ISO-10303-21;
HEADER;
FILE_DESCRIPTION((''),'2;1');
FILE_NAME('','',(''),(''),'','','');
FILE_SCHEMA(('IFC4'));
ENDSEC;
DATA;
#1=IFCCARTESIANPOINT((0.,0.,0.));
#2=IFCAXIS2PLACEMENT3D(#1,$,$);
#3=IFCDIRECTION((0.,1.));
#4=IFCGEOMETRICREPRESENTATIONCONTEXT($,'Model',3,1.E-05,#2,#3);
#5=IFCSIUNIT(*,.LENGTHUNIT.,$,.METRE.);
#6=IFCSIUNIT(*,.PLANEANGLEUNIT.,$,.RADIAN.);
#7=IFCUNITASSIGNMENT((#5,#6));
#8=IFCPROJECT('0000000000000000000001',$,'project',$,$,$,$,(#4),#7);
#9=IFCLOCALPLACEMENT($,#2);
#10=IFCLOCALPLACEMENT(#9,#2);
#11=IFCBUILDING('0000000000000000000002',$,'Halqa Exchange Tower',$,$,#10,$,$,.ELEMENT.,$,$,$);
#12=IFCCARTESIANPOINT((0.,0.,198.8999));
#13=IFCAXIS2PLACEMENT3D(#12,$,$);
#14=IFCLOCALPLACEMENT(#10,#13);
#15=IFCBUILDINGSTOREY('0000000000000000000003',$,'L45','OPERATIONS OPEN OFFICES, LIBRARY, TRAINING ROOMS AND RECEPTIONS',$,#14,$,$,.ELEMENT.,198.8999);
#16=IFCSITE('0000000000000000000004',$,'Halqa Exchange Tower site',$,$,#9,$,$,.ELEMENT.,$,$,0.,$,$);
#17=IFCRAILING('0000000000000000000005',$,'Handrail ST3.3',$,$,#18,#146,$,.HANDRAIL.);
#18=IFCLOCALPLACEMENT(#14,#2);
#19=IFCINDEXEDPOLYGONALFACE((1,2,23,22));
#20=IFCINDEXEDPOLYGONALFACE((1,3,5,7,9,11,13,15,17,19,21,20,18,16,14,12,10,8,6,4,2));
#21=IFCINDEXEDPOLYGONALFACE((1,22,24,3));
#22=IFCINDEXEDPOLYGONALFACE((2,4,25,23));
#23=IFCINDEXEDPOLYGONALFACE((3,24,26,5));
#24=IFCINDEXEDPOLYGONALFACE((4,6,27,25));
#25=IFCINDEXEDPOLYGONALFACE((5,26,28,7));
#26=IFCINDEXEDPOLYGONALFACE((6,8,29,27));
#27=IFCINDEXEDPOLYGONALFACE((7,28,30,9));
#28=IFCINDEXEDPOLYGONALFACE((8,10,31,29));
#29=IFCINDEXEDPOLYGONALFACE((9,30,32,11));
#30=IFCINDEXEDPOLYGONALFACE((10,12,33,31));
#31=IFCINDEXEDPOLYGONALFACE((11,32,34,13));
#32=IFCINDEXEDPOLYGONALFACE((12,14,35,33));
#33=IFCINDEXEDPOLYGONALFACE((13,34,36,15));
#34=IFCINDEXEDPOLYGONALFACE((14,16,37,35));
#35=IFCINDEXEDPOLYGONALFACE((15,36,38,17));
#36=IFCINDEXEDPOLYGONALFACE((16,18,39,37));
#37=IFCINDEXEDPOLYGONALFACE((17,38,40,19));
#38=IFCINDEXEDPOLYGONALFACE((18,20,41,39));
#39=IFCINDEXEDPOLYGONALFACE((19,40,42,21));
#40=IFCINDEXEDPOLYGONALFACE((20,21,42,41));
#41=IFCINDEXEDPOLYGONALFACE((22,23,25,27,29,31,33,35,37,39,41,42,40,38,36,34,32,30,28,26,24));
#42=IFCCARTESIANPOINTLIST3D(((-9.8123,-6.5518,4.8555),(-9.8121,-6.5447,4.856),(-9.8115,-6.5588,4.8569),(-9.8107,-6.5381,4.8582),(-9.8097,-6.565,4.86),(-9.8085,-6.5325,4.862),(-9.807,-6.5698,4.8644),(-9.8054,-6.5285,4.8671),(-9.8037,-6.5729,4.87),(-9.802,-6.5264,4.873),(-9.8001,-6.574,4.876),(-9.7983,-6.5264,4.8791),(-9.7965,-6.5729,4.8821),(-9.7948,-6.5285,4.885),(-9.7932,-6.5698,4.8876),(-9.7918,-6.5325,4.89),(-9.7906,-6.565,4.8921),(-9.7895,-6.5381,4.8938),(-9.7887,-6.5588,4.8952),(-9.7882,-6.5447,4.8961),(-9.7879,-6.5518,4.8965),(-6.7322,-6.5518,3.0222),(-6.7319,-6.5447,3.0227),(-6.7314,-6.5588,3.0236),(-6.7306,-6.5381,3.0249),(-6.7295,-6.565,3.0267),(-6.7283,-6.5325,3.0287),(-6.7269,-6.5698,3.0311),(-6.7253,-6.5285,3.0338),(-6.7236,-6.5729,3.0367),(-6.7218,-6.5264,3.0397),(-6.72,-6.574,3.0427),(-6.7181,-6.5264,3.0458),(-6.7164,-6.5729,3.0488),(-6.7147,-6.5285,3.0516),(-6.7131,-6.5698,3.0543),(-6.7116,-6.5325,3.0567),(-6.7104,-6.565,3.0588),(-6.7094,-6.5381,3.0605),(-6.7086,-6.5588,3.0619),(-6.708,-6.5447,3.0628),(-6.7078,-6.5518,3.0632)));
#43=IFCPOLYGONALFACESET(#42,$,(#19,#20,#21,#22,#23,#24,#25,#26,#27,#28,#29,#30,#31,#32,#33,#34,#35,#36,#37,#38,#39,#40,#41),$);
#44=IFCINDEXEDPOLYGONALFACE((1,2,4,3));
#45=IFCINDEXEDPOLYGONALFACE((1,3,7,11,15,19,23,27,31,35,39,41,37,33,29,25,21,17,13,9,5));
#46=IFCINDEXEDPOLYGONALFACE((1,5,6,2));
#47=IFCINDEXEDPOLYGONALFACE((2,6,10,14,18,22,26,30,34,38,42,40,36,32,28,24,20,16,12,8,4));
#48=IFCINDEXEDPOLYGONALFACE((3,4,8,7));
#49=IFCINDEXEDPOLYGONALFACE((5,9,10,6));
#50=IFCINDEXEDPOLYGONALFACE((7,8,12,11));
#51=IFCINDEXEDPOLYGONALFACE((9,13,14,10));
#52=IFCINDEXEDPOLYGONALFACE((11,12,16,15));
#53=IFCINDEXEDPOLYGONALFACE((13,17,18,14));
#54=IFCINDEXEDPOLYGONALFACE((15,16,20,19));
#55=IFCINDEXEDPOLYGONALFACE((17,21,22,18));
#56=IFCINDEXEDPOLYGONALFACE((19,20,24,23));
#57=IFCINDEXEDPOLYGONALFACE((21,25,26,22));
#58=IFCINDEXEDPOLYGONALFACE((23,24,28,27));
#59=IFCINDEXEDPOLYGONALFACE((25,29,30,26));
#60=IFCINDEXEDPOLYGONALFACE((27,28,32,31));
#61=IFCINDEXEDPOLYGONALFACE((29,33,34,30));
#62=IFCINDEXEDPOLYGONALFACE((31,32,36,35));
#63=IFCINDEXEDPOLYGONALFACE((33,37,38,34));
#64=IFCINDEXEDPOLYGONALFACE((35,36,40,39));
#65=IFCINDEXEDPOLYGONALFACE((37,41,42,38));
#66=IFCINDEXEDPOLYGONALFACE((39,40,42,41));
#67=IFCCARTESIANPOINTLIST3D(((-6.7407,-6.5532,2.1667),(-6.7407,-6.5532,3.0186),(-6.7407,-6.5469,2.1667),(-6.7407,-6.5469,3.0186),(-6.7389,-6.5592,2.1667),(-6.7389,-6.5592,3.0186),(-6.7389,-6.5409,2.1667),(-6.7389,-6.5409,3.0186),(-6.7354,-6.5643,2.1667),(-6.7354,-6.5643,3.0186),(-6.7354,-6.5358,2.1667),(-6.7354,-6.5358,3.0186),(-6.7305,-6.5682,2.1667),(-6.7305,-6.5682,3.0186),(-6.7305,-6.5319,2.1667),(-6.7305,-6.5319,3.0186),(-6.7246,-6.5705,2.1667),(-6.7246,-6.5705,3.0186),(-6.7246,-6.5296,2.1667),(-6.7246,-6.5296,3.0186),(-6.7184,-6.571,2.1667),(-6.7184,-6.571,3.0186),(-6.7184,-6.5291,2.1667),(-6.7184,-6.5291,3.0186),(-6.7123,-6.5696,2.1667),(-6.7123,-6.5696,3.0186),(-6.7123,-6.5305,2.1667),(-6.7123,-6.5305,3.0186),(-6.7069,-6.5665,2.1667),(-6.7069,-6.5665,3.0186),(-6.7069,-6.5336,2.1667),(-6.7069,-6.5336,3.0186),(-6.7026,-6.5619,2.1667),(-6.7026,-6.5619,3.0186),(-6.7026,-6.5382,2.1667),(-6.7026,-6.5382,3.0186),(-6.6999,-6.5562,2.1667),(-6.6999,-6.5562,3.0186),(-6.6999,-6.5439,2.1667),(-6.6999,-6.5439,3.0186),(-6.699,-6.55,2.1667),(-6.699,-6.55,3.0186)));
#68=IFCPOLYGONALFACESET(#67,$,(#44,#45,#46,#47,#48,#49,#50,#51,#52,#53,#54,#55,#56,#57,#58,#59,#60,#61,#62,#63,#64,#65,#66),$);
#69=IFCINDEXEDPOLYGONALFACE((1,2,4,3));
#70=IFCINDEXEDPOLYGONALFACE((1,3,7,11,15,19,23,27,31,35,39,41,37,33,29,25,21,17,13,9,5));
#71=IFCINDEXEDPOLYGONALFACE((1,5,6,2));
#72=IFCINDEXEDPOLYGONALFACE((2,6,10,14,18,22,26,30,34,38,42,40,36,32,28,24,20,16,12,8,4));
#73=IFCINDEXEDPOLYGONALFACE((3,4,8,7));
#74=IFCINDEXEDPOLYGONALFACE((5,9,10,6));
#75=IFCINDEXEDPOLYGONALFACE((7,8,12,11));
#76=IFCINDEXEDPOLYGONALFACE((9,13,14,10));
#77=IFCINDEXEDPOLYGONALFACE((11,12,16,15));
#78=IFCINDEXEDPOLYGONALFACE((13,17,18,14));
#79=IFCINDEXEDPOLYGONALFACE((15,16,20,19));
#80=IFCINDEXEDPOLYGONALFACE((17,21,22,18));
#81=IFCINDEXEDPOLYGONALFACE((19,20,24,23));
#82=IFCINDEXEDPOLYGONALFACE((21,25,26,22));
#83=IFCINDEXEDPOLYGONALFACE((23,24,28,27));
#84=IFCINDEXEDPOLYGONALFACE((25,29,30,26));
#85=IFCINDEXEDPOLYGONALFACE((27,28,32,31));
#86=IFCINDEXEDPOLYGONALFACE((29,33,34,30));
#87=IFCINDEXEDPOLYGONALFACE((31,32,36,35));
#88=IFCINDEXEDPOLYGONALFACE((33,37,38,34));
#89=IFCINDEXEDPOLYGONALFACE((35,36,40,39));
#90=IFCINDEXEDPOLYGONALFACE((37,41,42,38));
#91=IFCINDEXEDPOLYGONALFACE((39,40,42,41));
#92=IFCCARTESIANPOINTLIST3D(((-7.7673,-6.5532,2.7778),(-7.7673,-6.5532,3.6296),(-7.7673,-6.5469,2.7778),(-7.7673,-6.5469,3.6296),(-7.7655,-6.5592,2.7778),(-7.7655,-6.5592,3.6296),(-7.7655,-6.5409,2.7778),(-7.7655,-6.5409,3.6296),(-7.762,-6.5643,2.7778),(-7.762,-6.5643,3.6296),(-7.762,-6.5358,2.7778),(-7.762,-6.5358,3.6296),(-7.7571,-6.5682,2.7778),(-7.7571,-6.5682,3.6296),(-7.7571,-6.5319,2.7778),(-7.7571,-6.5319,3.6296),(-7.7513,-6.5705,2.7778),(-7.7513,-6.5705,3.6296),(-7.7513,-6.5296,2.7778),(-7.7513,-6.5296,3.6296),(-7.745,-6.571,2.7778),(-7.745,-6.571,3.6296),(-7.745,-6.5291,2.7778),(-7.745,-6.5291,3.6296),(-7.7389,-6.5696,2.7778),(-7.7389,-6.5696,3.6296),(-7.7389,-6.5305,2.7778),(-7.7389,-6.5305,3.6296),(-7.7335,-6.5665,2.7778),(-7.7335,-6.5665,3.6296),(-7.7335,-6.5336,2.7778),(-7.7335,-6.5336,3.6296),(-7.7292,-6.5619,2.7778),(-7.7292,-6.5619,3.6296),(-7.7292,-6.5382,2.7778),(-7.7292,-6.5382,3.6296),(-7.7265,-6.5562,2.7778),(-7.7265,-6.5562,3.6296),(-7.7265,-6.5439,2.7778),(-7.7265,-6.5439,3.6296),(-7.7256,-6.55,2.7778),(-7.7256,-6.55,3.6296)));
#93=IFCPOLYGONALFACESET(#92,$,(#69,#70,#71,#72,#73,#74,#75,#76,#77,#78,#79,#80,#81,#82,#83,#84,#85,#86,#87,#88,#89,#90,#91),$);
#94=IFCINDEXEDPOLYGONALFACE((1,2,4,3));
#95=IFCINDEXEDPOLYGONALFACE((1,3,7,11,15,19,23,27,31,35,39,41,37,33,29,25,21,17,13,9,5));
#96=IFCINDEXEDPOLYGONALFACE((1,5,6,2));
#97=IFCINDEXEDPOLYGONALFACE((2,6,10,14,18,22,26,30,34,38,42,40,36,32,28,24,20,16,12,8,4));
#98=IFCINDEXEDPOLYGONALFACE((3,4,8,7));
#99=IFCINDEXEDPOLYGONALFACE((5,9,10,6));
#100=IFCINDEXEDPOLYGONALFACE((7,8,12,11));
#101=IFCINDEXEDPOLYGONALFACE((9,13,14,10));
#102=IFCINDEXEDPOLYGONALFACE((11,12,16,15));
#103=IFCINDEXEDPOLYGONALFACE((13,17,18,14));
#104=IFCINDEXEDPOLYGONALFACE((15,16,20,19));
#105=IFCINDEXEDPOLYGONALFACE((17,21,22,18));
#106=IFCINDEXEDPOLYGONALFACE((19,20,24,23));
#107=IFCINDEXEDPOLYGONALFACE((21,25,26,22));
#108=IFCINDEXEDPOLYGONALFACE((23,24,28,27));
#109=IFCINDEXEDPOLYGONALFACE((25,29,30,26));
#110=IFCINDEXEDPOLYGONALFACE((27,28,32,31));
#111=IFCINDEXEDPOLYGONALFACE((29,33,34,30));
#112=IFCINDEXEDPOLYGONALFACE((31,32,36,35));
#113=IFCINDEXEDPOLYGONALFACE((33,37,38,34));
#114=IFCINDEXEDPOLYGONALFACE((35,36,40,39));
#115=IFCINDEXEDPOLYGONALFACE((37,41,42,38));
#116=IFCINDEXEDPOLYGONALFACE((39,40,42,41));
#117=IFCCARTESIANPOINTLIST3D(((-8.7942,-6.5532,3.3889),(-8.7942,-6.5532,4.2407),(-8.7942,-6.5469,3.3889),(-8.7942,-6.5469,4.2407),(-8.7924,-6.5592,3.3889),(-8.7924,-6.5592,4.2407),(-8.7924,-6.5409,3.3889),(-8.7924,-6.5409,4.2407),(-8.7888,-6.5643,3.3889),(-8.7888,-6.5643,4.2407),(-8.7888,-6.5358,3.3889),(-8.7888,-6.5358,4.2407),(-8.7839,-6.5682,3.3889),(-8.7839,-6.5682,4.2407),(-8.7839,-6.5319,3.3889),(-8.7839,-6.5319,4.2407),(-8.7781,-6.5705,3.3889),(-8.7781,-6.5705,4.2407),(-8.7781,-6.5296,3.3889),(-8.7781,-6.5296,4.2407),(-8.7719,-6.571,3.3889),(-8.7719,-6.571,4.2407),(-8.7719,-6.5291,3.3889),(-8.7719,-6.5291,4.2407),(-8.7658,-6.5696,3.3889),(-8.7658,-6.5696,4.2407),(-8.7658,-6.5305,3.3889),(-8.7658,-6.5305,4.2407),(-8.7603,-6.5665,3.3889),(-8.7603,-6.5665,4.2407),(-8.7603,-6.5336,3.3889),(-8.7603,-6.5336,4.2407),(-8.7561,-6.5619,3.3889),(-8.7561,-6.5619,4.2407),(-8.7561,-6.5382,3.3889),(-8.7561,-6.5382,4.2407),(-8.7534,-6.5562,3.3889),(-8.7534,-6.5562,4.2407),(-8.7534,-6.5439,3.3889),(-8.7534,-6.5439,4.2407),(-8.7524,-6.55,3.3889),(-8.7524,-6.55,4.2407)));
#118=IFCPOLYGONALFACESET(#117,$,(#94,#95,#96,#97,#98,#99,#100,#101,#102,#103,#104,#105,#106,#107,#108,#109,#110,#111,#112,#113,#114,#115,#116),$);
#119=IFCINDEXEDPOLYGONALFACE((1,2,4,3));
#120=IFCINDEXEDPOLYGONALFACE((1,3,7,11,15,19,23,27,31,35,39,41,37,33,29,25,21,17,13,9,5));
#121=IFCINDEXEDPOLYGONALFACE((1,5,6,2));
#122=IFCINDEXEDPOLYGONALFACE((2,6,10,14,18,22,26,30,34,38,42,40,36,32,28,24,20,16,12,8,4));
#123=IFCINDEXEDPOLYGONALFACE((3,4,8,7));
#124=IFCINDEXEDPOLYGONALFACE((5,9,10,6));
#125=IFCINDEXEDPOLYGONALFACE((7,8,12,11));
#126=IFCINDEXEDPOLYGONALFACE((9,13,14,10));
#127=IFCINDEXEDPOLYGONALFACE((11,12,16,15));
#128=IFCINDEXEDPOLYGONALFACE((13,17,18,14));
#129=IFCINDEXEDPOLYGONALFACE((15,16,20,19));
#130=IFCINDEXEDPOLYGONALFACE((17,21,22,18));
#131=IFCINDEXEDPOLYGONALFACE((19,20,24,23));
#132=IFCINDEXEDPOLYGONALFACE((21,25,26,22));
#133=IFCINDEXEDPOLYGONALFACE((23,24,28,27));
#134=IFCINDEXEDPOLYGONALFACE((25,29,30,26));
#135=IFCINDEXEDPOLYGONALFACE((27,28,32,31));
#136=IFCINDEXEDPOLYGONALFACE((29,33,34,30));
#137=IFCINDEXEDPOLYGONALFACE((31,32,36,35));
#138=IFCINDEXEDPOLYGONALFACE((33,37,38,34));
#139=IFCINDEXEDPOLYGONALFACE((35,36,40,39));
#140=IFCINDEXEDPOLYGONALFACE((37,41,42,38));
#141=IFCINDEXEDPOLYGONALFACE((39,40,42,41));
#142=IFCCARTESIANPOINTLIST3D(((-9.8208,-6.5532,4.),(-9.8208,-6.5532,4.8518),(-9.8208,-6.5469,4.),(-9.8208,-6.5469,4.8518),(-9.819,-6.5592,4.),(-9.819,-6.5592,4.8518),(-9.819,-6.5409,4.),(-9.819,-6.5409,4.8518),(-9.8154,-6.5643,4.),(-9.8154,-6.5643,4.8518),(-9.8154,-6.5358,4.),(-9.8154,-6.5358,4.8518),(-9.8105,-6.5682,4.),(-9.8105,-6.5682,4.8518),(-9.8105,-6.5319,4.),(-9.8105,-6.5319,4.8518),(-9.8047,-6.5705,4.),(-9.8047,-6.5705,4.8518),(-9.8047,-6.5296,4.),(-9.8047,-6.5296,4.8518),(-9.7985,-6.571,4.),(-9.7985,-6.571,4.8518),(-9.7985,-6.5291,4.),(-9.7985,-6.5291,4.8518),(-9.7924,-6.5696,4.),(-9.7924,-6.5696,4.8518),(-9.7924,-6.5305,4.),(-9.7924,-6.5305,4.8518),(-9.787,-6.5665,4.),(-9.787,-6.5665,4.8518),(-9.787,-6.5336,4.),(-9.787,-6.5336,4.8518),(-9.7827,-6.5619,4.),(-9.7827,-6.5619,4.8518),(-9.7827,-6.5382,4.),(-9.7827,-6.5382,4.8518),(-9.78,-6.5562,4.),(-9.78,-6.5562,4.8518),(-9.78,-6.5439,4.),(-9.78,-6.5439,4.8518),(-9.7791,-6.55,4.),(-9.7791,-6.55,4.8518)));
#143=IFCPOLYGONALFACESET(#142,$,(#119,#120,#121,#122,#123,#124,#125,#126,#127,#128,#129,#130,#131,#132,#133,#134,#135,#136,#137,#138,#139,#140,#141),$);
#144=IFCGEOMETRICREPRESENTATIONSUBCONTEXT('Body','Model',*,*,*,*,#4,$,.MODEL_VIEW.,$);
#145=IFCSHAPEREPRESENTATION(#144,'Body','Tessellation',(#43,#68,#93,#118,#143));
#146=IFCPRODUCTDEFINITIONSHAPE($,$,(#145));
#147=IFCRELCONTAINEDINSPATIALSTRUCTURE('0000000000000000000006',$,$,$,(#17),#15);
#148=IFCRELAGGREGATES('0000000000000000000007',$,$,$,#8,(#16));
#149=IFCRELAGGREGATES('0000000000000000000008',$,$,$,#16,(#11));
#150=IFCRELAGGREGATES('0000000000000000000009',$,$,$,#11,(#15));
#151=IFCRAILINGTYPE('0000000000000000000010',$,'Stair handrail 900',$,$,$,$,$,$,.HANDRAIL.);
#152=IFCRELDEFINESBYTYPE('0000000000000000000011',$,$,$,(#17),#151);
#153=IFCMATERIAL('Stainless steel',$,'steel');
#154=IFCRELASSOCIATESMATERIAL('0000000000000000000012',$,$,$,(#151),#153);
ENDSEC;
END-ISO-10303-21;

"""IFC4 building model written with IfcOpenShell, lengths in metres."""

from ifc_helpers import new_model, si_unit, direction, frame, origin, origin_2d, place, context, subcontext, project, spatial, circle, extrude, material, type_object, element, save


model = new_model("IFC4")

# Units and contexts
model_context = context("Model", 3, precision=1e-05, world=origin(), true_north=direction((0.0, 1.0)))
body_context = subcontext(model_context, "Body", "Model", "MODEL_VIEW")
ifc_project = project(units=[si_unit("LENGTHUNIT", "METRE"), si_unit("PLANEANGLEUNIT", "RADIAN")], contexts=[model_context])

# Site, building, storey
site_placement = place(None, origin())
site = spatial("IfcSite", under=ifc_project, at=site_placement, Name="Halqa Exchange Tower site", CompositionType="ELEMENT", RefElevation=0.0)
building_placement = place(site_placement, origin())
building = spatial("IfcBuilding", under=site, at=building_placement, Name="Halqa Exchange Tower", CompositionType="ELEMENT")
storey_placement = place(building_placement, frame((0.0, 0.0, 198.8999)))
storey = spatial("IfcBuildingStorey", under=building, at=storey_placement, Name="L45", Description="OPERATIONS OPEN OFFICES, LIBRARY, TRAINING ROOMS AND RECEPTIONS", CompositionType="ELEMENT", Elevation=198.8999)

# Shared definitions
ifc_material_1 = material(Name="Stainless steel", Category="steel")

# Railing
railing_type_1 = type_object("IfcRailingType", Name="Stair handrail 900", PredefinedType="HANDRAIL", material=ifc_material_1)
railing_1_placement = place(storey_placement, frame((-6.72, -6.55, 2.1667)))
element("IfcRailing", 1, at=railing_1_placement, inside=storey, type_object=railing_type_1, Name="Handrail ST3.3", PredefinedType="HANDRAIL", context=body_context, shape_type="SweptSolid", body=[
    extrude(circle(Radius=0.0239, at=origin_2d()), frame((0.0, 0.0, 0.876), z_axis=(-0.859309, 0.0, 0.511458), x_axis=(0.0, -1.0, 0.0)), (0.0, 0.0, 1.0), 3.5845),
    extrude(circle(Radius=0.021, at=origin_2d()), origin(), (0.0, 0.0, 1.0), 0.8518),
    extrude(circle(Radius=0.021, at=origin_2d()), frame((-1.0266, 0.0, 0.6111)), (0.0, 0.0, 1.0), 0.8518),
    extrude(circle(Radius=0.021, at=origin_2d()), frame((-2.0535, 0.0, 1.2222)), (0.0, 0.0, 1.0), 0.8518),
    extrude(circle(Radius=0.021, at=origin_2d()), frame((-3.0801, 0.0, 1.8333)), (0.0, 0.0, 1.0), 0.8518),
])

save(model, "model.ifc")
